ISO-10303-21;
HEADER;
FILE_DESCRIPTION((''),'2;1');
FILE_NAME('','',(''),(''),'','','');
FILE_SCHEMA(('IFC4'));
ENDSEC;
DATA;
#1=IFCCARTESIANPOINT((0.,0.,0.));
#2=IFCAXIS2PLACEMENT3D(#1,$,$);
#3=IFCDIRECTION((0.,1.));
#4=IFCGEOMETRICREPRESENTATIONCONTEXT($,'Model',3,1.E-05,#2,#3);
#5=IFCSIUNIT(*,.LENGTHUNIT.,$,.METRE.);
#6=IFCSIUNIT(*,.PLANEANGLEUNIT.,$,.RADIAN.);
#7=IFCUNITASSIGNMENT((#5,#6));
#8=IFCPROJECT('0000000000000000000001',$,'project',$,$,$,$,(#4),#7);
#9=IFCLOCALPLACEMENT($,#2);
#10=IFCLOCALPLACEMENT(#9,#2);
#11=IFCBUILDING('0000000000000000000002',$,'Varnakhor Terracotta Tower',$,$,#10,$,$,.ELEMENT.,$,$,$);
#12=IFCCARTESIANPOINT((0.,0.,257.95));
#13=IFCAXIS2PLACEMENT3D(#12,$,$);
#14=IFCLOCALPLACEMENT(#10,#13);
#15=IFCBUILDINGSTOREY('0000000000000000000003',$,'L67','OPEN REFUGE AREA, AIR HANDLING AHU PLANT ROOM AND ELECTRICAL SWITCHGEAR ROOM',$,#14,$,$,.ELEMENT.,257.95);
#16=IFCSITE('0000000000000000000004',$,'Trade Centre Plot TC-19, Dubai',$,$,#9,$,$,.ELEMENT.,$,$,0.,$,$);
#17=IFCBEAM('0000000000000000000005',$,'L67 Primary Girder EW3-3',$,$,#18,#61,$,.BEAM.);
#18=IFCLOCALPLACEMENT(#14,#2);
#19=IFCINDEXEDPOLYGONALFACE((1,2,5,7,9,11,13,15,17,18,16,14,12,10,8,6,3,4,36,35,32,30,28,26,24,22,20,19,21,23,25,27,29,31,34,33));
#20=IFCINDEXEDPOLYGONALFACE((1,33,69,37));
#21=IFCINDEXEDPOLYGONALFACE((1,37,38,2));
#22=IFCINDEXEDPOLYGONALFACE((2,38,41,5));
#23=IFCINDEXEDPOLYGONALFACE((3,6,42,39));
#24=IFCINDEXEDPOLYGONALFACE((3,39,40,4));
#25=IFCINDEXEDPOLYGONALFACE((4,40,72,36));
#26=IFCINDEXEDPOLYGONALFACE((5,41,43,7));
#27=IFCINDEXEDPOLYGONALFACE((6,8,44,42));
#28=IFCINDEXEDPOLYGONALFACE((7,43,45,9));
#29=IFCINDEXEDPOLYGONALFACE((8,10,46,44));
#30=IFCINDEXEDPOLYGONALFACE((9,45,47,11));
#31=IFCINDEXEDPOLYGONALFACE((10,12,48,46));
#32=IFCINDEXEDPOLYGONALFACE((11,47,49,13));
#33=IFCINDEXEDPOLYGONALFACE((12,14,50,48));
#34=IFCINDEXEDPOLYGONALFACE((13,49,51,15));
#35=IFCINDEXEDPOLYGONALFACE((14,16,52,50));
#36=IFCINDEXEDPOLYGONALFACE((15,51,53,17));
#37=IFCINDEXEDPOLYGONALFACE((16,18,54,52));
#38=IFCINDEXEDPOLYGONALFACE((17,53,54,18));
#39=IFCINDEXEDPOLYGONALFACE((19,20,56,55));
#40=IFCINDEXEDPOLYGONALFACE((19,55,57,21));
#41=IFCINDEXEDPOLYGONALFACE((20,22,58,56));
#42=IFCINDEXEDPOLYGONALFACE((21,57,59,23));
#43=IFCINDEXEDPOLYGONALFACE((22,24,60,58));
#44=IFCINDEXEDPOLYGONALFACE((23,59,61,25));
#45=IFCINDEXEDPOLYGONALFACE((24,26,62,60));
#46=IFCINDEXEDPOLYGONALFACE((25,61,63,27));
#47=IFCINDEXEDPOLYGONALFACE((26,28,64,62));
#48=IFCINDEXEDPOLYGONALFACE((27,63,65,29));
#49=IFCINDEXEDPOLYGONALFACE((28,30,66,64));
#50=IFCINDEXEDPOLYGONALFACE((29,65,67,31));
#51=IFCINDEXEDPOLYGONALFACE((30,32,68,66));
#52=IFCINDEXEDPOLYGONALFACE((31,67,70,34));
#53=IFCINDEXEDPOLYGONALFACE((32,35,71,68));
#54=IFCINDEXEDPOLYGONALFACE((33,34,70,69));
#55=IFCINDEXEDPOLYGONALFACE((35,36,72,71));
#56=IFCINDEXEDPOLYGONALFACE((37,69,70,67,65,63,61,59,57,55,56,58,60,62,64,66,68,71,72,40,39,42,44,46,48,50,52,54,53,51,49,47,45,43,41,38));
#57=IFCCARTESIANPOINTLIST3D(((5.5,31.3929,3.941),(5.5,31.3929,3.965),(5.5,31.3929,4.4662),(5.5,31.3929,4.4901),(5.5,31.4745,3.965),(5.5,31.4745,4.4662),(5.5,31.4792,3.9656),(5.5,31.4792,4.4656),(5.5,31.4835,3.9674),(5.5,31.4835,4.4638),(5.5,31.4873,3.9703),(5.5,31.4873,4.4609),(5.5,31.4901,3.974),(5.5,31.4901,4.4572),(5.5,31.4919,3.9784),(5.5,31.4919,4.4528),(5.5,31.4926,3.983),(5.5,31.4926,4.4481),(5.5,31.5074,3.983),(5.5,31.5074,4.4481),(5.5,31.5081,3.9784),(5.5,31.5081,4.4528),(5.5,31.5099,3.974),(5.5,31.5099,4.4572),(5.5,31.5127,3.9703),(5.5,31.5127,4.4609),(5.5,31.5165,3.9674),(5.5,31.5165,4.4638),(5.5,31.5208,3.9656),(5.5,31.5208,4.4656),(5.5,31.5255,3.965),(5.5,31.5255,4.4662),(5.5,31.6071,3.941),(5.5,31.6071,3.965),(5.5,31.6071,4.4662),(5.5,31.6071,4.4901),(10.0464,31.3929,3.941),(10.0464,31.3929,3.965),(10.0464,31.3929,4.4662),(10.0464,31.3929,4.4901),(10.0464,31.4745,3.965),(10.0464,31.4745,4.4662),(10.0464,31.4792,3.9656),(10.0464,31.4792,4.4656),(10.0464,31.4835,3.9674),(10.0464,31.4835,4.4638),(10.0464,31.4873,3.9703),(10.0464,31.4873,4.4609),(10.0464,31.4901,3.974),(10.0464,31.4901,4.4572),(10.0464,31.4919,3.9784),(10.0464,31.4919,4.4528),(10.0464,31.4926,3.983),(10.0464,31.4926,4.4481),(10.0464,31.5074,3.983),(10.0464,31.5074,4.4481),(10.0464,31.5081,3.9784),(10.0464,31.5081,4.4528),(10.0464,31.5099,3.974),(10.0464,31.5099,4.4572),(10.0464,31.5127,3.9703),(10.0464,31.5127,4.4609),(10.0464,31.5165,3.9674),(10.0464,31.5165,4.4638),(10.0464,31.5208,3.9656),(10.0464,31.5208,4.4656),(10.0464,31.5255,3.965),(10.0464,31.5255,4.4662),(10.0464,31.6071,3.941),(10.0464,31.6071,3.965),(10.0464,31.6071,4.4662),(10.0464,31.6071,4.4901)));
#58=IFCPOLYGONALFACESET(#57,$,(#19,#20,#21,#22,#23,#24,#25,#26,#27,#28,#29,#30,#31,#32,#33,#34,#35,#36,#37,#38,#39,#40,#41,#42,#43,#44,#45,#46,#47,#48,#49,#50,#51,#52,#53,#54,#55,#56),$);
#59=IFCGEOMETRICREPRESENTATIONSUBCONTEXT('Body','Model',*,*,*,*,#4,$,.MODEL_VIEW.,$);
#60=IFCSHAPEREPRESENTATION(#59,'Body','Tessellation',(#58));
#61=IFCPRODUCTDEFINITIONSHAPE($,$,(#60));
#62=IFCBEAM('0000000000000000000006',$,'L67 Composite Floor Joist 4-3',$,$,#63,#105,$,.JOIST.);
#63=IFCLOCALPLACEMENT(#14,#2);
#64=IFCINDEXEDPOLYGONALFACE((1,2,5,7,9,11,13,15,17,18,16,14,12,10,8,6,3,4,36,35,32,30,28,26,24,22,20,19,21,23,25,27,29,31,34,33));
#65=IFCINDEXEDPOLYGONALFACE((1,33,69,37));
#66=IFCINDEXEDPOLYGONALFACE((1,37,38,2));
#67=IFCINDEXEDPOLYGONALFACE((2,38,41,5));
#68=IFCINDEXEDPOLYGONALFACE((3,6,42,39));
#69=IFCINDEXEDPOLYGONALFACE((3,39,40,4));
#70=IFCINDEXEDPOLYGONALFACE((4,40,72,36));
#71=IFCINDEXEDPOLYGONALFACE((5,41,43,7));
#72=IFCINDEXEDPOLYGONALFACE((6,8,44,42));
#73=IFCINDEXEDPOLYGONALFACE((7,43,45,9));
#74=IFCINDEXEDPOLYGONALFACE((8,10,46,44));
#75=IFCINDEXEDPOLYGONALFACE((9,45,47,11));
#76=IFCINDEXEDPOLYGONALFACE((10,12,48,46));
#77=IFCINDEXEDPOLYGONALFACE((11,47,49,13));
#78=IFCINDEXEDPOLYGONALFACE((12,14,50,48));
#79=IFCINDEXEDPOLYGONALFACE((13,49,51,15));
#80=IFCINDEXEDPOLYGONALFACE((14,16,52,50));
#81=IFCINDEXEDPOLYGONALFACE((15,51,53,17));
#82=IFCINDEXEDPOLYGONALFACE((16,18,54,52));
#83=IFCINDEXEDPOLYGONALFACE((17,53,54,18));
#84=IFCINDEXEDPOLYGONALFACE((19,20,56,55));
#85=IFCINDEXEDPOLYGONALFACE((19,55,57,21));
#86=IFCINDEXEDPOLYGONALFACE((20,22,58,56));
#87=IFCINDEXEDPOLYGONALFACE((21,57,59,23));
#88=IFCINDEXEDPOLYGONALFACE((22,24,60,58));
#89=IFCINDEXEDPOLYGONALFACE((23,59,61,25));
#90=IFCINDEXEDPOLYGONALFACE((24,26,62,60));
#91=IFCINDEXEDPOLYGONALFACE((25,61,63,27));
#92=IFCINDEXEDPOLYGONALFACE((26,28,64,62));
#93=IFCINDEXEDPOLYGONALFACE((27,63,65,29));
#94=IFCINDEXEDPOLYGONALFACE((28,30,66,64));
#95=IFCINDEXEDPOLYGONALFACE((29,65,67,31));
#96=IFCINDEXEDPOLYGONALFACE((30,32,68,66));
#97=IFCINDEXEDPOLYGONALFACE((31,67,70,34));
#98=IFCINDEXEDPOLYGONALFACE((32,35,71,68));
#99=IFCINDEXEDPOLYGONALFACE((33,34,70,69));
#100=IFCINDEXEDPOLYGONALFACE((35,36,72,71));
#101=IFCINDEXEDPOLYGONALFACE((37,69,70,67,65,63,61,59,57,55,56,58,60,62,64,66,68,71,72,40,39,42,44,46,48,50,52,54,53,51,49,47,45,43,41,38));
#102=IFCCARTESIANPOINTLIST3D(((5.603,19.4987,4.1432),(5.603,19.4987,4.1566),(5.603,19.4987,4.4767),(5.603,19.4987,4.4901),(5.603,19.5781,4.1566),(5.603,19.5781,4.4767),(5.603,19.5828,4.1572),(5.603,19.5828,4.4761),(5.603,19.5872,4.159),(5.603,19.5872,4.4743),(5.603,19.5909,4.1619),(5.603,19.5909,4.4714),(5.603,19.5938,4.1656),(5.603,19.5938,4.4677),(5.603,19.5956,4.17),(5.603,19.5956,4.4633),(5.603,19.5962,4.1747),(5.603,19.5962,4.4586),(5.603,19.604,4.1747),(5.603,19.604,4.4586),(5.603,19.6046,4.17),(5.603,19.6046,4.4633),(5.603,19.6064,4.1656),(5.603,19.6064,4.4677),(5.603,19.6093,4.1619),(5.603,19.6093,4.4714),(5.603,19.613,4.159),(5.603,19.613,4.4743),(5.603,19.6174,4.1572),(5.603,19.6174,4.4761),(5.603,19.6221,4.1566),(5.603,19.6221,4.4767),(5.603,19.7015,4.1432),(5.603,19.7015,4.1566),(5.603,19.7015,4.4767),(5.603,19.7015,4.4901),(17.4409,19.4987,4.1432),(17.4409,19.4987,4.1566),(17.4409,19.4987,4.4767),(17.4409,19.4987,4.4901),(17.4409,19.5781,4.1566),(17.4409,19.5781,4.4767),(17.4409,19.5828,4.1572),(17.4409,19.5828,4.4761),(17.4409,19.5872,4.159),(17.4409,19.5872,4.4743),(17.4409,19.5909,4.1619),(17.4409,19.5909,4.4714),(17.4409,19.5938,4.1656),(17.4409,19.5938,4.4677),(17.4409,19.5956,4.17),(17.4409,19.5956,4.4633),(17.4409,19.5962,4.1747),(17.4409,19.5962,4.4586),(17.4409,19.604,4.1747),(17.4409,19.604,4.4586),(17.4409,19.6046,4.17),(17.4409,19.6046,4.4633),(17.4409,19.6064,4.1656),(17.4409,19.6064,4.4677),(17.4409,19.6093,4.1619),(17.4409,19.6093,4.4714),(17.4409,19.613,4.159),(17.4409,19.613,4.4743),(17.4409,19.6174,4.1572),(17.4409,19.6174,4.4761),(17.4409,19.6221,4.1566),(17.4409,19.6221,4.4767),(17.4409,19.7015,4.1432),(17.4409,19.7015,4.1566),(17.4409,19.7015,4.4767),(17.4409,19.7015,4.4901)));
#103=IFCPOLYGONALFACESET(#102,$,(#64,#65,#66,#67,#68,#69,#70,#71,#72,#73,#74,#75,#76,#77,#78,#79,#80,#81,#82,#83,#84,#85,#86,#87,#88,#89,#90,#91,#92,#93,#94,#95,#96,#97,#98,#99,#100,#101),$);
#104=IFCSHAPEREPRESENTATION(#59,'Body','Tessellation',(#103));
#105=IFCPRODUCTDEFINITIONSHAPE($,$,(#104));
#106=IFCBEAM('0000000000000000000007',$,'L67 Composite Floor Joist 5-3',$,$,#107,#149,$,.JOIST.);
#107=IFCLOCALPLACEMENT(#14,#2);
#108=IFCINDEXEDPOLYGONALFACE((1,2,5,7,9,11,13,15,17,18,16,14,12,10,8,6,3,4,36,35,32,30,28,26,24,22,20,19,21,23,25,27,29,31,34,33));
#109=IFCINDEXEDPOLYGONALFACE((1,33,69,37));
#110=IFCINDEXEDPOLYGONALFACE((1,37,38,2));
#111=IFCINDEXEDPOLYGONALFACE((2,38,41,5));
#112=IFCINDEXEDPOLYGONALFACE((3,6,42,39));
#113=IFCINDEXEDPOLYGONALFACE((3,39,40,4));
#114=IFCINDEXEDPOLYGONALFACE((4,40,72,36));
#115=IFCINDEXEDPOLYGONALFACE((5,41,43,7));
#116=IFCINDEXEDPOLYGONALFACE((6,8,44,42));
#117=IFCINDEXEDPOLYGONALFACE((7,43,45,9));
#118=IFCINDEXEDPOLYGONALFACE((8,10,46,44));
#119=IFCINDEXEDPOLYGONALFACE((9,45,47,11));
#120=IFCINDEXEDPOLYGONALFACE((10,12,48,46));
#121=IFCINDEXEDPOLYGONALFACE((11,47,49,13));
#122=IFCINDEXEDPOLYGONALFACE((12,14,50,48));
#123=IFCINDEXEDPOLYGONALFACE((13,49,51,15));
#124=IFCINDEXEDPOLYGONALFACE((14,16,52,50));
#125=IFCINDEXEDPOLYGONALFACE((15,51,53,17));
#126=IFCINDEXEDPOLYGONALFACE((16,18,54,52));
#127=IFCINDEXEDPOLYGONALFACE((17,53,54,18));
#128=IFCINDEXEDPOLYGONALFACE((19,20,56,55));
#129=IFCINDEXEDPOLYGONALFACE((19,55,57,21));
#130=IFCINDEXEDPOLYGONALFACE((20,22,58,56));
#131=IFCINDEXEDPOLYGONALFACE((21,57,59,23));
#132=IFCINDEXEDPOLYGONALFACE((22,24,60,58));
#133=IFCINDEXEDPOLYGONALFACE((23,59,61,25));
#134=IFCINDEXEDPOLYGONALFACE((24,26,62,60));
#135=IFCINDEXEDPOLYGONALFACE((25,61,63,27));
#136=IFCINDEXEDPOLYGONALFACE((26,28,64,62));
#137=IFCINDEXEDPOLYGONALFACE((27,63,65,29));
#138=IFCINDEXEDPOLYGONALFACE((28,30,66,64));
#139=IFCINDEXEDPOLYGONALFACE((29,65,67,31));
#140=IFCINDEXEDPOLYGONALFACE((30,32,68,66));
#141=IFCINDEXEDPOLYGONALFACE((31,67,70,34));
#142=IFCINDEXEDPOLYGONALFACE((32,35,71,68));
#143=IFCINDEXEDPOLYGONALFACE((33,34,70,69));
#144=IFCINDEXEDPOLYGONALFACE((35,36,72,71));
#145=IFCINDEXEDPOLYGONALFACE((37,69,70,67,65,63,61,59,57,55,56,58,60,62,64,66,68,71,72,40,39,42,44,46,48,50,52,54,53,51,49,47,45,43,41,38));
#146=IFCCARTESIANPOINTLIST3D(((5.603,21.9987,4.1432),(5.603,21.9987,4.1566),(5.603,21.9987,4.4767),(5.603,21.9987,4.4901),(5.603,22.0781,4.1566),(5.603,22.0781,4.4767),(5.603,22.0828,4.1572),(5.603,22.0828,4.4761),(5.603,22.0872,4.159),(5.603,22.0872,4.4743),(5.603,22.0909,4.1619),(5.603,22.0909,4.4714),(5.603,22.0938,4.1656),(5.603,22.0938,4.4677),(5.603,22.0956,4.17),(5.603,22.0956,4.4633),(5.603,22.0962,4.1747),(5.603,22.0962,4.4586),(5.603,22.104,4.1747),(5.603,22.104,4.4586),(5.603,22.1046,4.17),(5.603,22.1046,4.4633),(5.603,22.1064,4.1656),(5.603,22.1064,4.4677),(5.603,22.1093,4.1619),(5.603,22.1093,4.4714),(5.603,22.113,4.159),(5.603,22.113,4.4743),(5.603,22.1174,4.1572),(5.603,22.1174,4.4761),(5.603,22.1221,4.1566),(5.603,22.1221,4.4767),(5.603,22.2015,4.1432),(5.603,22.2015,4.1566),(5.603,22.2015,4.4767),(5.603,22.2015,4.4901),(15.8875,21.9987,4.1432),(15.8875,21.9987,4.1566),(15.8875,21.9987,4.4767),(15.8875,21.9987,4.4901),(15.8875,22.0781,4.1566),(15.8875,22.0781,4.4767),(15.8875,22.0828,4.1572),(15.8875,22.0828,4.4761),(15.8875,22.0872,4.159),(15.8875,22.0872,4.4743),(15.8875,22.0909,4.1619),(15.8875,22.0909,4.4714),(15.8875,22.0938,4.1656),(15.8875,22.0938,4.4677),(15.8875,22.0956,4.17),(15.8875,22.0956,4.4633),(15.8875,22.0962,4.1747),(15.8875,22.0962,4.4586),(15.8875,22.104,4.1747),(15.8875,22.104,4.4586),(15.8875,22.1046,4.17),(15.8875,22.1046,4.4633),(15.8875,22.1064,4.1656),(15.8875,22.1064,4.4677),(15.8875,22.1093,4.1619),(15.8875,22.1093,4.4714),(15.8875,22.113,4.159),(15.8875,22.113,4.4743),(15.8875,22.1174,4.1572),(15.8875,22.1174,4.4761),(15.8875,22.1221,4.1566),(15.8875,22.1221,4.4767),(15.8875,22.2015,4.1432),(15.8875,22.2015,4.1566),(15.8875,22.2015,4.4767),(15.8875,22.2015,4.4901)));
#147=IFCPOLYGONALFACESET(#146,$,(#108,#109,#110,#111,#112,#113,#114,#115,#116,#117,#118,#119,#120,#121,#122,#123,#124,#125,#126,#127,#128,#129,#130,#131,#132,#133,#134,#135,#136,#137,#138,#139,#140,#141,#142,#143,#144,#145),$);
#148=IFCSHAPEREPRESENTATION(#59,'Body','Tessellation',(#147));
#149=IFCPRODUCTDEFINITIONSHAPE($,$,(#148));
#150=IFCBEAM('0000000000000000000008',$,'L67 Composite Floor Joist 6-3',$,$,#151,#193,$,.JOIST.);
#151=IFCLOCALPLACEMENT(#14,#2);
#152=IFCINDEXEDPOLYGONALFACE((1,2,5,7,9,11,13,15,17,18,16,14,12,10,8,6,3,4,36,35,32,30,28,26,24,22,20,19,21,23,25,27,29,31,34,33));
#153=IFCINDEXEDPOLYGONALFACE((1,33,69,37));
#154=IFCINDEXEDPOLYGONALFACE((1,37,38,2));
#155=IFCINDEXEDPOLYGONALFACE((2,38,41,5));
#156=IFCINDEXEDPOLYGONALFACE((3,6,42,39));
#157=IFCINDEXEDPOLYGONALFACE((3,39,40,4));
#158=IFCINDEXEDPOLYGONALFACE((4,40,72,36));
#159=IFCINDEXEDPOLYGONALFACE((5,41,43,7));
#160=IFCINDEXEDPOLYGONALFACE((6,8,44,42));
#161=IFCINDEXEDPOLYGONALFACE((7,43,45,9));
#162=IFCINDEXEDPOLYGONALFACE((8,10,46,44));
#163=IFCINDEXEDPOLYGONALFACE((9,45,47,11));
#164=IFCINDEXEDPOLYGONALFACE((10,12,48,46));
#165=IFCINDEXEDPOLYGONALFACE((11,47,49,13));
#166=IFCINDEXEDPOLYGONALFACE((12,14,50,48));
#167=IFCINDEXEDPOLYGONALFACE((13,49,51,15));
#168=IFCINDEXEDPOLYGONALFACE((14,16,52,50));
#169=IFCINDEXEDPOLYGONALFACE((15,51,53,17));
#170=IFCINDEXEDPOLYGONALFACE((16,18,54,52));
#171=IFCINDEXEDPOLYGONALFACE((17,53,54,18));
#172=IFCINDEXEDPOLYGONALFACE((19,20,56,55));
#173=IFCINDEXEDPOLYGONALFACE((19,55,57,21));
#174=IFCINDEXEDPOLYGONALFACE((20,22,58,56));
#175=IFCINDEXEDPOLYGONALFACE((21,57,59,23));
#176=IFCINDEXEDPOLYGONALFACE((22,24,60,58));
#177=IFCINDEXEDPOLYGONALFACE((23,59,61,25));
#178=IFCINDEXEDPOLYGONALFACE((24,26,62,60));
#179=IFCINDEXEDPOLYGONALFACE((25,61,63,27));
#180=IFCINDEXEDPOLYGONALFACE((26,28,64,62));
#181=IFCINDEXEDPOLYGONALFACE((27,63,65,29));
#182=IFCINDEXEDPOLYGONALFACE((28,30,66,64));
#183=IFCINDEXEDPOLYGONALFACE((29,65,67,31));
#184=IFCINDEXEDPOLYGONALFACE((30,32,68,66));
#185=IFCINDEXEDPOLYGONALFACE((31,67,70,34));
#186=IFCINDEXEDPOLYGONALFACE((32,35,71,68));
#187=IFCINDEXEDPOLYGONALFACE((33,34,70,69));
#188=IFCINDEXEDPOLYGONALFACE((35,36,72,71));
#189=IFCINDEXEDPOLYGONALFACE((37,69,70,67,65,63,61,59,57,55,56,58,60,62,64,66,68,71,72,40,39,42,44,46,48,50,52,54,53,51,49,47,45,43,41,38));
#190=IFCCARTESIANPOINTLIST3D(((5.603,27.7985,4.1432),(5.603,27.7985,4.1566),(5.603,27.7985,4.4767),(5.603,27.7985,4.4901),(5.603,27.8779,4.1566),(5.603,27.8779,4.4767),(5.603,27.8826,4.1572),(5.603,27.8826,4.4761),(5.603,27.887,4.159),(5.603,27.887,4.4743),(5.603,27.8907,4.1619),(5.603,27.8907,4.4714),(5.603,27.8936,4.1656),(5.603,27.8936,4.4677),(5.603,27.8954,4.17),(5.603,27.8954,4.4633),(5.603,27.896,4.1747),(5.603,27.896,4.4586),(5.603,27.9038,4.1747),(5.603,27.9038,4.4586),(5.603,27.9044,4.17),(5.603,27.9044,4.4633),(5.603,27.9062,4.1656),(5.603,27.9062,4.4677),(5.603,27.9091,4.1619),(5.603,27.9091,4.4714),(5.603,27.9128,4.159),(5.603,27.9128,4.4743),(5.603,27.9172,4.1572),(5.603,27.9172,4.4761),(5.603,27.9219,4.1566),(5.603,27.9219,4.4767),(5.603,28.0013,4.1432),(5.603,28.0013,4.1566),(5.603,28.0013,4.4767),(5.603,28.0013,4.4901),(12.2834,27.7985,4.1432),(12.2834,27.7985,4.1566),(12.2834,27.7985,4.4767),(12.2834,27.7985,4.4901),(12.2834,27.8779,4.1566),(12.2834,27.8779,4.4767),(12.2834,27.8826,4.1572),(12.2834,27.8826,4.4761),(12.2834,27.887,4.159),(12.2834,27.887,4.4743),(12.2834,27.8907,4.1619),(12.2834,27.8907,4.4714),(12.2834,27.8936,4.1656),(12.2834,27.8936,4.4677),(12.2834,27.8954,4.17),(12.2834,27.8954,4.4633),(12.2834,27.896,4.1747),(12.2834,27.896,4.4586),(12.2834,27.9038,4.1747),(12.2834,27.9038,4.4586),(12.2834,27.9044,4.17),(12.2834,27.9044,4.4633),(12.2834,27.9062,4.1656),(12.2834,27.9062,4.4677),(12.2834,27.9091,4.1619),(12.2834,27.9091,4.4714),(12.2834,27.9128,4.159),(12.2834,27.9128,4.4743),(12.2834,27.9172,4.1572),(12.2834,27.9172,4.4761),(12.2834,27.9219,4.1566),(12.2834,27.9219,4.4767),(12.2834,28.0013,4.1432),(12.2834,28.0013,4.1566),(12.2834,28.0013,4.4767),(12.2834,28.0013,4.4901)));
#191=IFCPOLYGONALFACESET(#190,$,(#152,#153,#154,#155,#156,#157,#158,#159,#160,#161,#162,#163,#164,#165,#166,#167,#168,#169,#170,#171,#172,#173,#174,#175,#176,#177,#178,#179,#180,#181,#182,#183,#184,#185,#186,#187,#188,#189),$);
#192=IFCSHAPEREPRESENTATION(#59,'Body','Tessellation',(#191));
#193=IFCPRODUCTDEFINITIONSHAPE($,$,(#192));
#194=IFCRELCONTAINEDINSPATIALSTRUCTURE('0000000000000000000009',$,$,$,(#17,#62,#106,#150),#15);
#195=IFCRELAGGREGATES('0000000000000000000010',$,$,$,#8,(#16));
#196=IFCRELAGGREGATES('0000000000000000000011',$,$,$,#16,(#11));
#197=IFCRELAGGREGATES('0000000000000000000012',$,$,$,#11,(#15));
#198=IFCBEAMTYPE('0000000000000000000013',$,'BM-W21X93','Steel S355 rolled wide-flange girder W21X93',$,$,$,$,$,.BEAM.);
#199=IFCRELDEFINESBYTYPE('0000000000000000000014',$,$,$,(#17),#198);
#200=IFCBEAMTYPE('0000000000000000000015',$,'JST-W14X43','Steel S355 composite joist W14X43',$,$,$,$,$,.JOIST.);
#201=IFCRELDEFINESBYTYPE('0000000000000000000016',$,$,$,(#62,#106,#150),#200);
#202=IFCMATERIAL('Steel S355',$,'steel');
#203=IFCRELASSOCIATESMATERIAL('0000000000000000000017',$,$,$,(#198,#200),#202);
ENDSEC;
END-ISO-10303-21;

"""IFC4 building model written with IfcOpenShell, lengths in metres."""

from ifc_helpers import new_model, si_unit, direction, frame, origin, origin_2d, place, context, subcontext, project, spatial, i_section, extrude, source, transform, mapped, material, material_profile, profile_set, type_object, element, save


model = new_model("IFC4")

# Units and contexts
model_context = context("Model", 3, precision=1e-05, world=origin(), true_north=direction((0.0, 1.0)))
body_context = subcontext(model_context, "Body", "Model", "MODEL_VIEW")
ifc_project = project(units=[si_unit("LENGTHUNIT", "METRE"), si_unit("PLANEANGLEUNIT", "RADIAN")], contexts=[model_context])

# Site, building, storey
site_placement = place(None, origin())
site = spatial("IfcSite", under=ifc_project, at=site_placement, Name="Trade Centre Plot TC-19, Dubai", CompositionType="ELEMENT", RefElevation=0.0)
building_placement = place(site_placement, origin())
building = spatial("IfcBuilding", under=site, at=building_placement, Name="Varnakhor Terracotta Tower", CompositionType="ELEMENT")
storey_placement = place(building_placement, frame((0.0, 0.0, 257.95)))
storey = spatial("IfcBuildingStorey", under=building, at=storey_placement, Name="L67", Description="OPEN REFUGE AREA, AIR HANDLING AHU PLANT ROOM AND ELECTRICAL SWITCHGEAR ROOM", CompositionType="ELEMENT", Elevation=257.95)

# Beams
ifc_material_1 = material(Name="Steel S355", Category="steel")
ifc_material_profile_1 = material_profile(ifc_material_1, i_section(OverallWidth=0.2141, OverallDepth=0.5491, WebThickness=0.0149, FlangeThickness=0.0239, FilletRadius=0.0181, at=origin_2d()), Name="W21X93")
ifc_profile_set_1 = profile_set([ifc_material_profile_1], Name="Steel S355")
beam_type_1 = type_object("IfcBeamType", Name="BM-W21X93", Description="Steel S355 rolled wide-flange girder W21X93", PredefinedType="BEAM", material=ifc_profile_set_1)
shared_shape_1 = source(origin(), body_context, "Body", "SweptSolid", [
    extrude(i_section(OverallWidth=0.2141, OverallDepth=0.5491, WebThickness=0.0149, FlangeThickness=0.0239, FilletRadius=0.0181, at=origin_2d()), origin(), (0.0, 0.0, 1.0), 4.5464),
])
beam_1_placement = place(storey_placement, frame((5.5, 31.5, 4.2156), z_axis=(1.0, 0.0, 0.0), x_axis=(0.0, 1.0, 0.0)))
element("IfcBeam", 1, at=beam_1_placement, inside=storey, type_object=beam_type_1, Name="L67 Primary Girder EW3-3", PredefinedType="BEAM", context=body_context, shape_type="MappedRepresentation", body=[
    mapped(shared_shape_1, transform((0.0, 0.0, 0.0), scale=1.0)),
])
ifc_material_profile_2 = material_profile(ifc_material_1, i_section(OverallWidth=0.2029, OverallDepth=0.3469, WebThickness=0.0078, FlangeThickness=0.0134, FilletRadius=0.0181, at=origin_2d()), Name="W14X43")
ifc_profile_set_2 = profile_set([ifc_material_profile_2], Name="Steel S355")
beam_type_2 = type_object("IfcBeamType", Name="JST-W14X43", Description="Steel S355 composite joist W14X43", PredefinedType="JOIST", material=ifc_profile_set_2)
shared_shape_2 = source(origin(), body_context, "Body", "SweptSolid", [
    extrude(i_section(OverallWidth=0.2029, OverallDepth=0.3469, WebThickness=0.0078, FlangeThickness=0.0134, FilletRadius=0.0181, at=origin_2d()), origin(), (0.0, 0.0, 1.0), 11.8379),
])
beam_2_placement = place(storey_placement, frame((5.603, 19.6001, 4.3167), z_axis=(1.0, 0.0, 0.0), x_axis=(0.0, 1.0, 0.0)))
element("IfcBeam", 2, at=beam_2_placement, inside=storey, type_object=beam_type_2, Name="L67 Composite Floor Joist 4-3", PredefinedType="JOIST", context=body_context, shape_type="MappedRepresentation", body=[
    mapped(shared_shape_2, transform((0.0, 0.0, 0.0), scale=1.0)),
])
shared_shape_3 = source(origin(), body_context, "Body", "SweptSolid", [
    extrude(i_section(OverallWidth=0.2029, OverallDepth=0.3469, WebThickness=0.0078, FlangeThickness=0.0134, FilletRadius=0.0181, at=origin_2d()), origin(), (0.0, 0.0, 1.0), 10.2844),
])
beam_3_placement = place(storey_placement, frame((5.603, 22.1001, 4.3167), z_axis=(1.0, 0.0, 0.0), x_axis=(0.0, 1.0, 0.0)))
element("IfcBeam", 3, at=beam_3_placement, inside=storey, type_object=beam_type_2, Name="L67 Composite Floor Joist 5-3", PredefinedType="JOIST", context=body_context, shape_type="MappedRepresentation", body=[
    mapped(shared_shape_3, transform((0.0, 0.0, 0.0), scale=1.0)),
])
shared_shape_4 = source(origin(), body_context, "Body", "SweptSolid", [
    extrude(i_section(OverallWidth=0.2029, OverallDepth=0.3469, WebThickness=0.0078, FlangeThickness=0.0134, FilletRadius=0.0181, at=origin_2d()), origin(), (0.0, 0.0, 1.0), 6.6804),
])
beam_4_placement = place(storey_placement, frame((5.603, 27.8999, 4.3167), z_axis=(1.0, 0.0, 0.0), x_axis=(0.0, 1.0, 0.0)))
element("IfcBeam", 4, at=beam_4_placement, inside=storey, type_object=beam_type_2, Name="L67 Composite Floor Joist 6-3", PredefinedType="JOIST", context=body_context, shape_type="MappedRepresentation", body=[
    mapped(shared_shape_4, transform((0.0, 0.0, 0.0), scale=1.0)),
])

save(model, "model.ifc")
